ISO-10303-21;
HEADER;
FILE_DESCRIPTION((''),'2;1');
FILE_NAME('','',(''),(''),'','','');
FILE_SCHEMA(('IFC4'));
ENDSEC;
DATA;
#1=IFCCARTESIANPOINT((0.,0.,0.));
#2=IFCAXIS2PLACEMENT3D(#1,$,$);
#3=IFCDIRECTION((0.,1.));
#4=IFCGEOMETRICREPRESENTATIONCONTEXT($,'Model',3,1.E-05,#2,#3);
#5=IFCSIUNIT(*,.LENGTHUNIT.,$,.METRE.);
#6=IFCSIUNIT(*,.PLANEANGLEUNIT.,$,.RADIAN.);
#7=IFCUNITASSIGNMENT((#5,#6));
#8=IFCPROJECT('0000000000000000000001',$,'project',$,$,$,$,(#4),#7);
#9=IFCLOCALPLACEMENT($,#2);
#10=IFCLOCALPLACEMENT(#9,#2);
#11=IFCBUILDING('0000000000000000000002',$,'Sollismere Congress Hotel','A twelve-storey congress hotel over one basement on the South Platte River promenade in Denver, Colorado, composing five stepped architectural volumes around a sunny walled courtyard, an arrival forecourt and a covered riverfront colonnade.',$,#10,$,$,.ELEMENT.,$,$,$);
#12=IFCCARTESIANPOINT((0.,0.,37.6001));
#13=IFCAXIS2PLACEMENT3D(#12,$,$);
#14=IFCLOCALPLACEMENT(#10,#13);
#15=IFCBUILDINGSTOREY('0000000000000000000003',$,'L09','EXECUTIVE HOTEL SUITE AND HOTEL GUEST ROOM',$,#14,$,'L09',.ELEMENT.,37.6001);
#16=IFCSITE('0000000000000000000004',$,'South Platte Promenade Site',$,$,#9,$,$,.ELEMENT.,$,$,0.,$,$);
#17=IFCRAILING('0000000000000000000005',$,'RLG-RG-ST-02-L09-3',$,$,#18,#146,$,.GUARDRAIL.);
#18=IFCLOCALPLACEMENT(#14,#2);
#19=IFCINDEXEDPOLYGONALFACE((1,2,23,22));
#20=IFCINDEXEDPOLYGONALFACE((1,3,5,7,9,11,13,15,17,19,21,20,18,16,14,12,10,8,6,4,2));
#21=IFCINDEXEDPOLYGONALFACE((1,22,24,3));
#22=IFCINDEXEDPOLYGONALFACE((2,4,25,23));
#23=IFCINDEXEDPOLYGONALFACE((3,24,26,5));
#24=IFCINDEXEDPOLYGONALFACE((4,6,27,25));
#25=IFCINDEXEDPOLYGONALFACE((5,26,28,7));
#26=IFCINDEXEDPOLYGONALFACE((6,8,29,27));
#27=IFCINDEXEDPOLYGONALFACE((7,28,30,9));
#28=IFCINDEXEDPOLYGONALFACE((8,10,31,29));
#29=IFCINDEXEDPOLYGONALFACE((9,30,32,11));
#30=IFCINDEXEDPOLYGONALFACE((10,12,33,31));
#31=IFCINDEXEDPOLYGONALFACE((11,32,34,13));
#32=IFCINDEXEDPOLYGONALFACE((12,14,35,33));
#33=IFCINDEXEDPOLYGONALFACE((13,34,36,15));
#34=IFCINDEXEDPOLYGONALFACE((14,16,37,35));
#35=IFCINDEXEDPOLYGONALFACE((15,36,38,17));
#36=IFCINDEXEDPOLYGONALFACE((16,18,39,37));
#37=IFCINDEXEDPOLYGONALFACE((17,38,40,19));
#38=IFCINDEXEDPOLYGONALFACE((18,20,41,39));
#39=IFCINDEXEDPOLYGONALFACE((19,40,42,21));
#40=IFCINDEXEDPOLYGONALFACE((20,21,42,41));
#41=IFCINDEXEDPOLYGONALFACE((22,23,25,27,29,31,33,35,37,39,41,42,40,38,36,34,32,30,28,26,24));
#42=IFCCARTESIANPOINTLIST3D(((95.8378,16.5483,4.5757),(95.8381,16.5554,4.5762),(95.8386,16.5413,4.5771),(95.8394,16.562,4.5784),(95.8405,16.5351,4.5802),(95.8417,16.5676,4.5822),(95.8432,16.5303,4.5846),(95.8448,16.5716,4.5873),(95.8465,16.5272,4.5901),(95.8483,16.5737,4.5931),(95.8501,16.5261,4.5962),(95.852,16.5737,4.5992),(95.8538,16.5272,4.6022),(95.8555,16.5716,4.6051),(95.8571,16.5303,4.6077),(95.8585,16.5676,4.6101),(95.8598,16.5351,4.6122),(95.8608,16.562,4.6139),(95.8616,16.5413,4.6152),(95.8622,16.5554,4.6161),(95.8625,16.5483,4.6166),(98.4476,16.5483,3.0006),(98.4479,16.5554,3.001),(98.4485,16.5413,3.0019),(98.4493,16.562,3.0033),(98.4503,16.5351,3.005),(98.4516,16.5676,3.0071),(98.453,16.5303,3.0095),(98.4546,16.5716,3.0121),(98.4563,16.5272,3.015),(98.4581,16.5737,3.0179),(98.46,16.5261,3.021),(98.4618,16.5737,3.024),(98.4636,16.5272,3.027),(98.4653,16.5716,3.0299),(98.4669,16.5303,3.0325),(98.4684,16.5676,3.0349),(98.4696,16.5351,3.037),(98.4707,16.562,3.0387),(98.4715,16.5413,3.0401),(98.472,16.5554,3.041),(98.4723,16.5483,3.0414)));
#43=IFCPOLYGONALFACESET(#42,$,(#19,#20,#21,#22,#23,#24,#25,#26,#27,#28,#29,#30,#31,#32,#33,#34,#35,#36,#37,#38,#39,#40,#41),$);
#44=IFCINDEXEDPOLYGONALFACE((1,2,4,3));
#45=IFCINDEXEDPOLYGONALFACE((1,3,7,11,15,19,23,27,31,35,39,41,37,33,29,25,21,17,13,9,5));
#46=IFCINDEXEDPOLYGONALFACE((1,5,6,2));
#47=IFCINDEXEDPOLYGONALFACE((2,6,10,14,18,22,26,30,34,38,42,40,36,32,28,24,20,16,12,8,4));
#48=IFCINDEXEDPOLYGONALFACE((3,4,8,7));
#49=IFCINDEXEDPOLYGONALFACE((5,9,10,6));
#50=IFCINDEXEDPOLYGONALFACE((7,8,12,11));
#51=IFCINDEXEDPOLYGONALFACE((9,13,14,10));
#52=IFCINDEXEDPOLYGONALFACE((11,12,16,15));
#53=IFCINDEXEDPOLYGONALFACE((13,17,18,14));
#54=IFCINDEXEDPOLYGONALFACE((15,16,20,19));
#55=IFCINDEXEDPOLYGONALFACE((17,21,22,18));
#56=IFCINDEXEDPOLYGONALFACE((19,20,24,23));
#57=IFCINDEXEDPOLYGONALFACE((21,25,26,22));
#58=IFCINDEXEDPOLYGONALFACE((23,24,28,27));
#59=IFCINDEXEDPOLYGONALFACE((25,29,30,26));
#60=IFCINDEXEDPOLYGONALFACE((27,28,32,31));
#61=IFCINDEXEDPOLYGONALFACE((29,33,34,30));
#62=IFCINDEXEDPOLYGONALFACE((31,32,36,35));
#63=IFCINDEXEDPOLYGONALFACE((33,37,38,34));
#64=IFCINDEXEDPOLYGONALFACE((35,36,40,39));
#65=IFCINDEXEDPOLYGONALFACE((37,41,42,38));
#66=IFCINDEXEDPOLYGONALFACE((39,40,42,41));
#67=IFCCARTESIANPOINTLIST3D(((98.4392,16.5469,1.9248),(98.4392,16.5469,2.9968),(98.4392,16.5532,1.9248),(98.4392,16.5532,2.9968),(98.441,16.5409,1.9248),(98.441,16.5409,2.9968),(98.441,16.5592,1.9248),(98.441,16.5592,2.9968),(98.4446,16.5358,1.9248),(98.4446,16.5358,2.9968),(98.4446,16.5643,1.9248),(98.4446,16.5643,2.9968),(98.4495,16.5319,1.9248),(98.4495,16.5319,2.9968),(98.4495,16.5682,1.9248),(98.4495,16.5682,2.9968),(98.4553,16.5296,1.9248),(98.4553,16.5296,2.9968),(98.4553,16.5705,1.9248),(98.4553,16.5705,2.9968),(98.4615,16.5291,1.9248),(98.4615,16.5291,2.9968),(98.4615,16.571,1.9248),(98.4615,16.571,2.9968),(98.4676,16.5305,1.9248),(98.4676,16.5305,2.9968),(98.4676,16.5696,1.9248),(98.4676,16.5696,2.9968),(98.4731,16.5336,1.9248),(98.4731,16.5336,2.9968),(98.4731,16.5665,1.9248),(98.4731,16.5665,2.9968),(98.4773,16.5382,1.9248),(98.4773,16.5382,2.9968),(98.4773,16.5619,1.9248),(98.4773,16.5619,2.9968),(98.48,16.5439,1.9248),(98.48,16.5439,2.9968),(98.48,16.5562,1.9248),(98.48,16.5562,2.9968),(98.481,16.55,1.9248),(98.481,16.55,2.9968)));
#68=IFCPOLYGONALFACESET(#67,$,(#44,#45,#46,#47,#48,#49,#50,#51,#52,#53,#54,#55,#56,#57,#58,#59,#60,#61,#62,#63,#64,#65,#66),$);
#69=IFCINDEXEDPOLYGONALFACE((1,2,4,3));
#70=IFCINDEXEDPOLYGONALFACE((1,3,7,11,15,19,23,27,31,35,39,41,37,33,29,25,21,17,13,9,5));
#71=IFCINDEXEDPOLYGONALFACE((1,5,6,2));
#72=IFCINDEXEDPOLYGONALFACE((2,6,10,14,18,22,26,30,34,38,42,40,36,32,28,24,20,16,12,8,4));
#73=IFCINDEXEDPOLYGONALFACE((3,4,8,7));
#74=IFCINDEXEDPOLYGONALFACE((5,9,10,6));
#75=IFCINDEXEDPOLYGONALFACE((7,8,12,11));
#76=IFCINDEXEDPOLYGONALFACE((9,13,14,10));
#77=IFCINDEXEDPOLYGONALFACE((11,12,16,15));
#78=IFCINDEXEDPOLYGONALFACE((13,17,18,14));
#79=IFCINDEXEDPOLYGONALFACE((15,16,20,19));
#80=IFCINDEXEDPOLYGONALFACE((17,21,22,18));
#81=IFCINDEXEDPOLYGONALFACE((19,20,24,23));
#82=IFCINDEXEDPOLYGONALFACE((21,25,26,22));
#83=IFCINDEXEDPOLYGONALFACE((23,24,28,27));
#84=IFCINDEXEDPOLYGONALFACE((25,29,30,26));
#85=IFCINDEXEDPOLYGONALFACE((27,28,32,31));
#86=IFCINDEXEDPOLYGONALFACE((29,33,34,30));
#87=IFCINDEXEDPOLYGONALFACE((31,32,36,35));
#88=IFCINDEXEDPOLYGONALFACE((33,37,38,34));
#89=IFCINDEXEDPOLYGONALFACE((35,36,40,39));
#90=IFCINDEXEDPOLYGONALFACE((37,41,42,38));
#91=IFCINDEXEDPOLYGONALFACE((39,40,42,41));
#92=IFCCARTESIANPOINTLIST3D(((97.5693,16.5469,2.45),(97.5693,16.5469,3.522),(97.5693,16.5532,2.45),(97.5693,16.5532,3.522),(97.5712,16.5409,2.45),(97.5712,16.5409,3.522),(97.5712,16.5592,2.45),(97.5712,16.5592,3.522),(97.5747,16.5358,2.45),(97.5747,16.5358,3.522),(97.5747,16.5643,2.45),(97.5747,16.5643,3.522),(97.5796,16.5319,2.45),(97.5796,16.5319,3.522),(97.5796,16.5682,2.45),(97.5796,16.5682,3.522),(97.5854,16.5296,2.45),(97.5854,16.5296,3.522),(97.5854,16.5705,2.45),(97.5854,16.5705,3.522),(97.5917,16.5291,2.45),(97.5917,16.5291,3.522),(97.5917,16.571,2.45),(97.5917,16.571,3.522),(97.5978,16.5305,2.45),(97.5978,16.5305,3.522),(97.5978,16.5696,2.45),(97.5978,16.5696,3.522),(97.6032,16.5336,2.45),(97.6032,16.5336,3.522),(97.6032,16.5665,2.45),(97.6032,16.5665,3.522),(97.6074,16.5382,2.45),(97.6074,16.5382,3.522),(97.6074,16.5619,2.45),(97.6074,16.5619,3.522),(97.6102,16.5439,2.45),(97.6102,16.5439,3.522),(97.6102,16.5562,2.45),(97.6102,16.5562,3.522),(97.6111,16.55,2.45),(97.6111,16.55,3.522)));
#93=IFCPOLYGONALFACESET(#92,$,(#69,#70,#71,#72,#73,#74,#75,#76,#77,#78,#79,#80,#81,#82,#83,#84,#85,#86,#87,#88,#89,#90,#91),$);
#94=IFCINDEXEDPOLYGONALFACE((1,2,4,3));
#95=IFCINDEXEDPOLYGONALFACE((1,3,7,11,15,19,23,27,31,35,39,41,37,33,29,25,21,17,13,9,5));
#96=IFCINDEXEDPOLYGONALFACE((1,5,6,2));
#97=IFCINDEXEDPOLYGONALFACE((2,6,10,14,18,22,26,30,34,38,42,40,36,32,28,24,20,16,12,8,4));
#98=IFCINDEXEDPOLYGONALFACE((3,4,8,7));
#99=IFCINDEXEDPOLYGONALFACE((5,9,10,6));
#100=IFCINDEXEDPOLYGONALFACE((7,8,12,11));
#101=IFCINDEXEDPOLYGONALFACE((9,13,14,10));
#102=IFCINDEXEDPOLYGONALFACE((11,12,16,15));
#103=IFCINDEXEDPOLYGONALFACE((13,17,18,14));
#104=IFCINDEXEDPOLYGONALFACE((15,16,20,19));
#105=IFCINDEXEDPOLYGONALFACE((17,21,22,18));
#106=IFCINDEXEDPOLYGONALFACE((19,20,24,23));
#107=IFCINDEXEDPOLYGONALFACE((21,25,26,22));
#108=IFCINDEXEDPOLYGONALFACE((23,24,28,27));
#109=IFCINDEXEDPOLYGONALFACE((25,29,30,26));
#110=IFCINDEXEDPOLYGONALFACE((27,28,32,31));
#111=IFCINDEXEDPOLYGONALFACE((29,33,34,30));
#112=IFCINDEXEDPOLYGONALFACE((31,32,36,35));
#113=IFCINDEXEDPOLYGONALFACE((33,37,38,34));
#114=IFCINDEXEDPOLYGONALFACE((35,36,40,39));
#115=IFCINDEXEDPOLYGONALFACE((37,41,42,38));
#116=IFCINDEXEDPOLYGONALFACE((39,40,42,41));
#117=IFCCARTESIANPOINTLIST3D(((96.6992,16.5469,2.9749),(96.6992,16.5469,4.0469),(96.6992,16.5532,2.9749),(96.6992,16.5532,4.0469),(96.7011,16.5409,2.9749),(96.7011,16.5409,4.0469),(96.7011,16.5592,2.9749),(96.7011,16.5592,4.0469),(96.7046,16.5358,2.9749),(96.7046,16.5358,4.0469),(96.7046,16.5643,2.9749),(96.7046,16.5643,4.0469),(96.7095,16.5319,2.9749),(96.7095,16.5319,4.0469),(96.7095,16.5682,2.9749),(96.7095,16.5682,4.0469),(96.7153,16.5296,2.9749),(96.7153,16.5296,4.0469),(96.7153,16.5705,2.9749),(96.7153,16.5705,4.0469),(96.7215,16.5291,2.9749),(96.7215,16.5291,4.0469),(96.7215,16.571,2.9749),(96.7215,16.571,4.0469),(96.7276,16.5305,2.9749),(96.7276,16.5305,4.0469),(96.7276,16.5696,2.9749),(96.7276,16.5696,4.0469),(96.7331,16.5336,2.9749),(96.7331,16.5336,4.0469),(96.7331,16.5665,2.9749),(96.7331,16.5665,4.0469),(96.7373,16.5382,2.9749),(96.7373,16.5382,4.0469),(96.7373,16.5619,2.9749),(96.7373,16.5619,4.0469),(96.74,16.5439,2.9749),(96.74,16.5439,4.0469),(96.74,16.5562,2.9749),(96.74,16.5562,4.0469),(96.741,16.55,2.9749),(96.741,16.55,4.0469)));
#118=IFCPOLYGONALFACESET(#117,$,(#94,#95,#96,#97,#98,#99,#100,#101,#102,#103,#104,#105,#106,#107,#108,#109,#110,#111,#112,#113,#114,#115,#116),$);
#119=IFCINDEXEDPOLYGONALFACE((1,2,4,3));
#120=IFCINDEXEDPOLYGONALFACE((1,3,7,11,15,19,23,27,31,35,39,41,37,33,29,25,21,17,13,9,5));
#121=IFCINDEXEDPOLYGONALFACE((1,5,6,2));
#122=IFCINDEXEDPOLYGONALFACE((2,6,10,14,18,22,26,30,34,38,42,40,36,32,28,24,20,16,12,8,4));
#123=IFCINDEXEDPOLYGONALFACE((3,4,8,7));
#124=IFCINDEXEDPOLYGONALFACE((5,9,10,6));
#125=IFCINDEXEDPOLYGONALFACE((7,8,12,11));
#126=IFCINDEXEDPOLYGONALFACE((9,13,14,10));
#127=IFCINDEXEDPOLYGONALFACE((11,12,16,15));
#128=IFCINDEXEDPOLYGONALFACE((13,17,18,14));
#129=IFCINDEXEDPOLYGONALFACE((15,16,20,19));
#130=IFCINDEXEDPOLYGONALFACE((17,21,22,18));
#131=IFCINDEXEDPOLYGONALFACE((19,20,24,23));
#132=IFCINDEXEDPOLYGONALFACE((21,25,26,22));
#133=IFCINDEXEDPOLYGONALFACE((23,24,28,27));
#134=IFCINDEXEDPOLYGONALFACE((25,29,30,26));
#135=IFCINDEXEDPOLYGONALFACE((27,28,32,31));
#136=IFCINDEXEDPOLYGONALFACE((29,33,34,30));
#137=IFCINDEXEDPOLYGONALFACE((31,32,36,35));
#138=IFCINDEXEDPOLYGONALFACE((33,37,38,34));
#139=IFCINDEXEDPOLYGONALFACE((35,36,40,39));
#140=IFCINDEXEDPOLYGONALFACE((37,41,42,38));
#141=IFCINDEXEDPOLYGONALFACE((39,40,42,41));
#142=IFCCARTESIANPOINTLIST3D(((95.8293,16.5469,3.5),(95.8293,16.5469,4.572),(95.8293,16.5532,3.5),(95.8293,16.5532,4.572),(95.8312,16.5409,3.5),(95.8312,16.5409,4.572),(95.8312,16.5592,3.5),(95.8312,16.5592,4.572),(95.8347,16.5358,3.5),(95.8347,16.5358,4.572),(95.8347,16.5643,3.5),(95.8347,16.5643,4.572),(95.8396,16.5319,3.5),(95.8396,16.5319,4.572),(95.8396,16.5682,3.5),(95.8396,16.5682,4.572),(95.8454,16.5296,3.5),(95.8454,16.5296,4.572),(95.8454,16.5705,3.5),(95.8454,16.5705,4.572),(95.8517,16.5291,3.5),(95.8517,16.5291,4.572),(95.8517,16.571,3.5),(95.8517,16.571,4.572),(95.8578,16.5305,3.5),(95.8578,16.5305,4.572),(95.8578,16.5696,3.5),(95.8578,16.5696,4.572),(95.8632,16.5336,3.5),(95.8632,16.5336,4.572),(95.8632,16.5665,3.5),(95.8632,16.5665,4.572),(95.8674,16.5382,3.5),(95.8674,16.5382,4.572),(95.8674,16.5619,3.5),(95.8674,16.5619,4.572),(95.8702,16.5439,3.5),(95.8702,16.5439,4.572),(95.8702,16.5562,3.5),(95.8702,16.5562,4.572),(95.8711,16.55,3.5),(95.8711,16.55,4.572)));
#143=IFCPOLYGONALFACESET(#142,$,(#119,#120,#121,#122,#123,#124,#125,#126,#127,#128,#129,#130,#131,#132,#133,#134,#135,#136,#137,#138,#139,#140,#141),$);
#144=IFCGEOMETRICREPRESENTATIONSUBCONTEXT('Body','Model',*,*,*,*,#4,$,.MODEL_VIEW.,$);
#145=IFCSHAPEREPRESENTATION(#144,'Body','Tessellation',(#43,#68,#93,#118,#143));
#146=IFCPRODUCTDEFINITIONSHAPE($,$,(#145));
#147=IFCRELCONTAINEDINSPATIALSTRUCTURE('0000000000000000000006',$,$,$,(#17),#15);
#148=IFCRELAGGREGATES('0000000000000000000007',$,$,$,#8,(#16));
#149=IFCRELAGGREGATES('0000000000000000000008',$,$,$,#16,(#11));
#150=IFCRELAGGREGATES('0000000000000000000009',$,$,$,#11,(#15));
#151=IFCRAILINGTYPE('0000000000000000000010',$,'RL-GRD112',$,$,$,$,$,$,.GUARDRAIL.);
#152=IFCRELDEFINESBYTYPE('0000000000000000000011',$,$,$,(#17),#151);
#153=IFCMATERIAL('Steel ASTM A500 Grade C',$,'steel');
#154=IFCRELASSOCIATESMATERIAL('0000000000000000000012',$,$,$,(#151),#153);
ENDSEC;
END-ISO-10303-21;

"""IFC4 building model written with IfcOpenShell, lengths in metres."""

from ifc_helpers import new_model, si_unit, direction, frame, origin, origin_2d, place, context, subcontext, project, spatial, circle, extrude, material, type_object, element, save


model = new_model("IFC4")

# Units and contexts
model_context = context("Model", 3, precision=1e-05, world=origin(), true_north=direction((0.0, 1.0)))
body_context = subcontext(model_context, "Body", "Model", "MODEL_VIEW")
ifc_project = project(units=[si_unit("LENGTHUNIT", "METRE"), si_unit("PLANEANGLEUNIT", "RADIAN")], contexts=[model_context])

# Site, building, storey
site_placement = place(None, origin())
site = spatial("IfcSite", under=ifc_project, at=site_placement, Name="South Platte Promenade Site", CompositionType="ELEMENT", RefElevation=0.0)
building_placement = place(site_placement, origin())
building = spatial("IfcBuilding", under=site, at=building_placement, Name="Sollismere Congress Hotel", Description="A twelve-storey congress hotel over one basement on the South Platte River promenade in Denver, Colorado, composing five stepped architectural volumes around a sunny walled courtyard, an arrival forecourt and a covered riverfront colonnade.", CompositionType="ELEMENT")
storey_placement = place(building_placement, frame((0.0, 0.0, 37.6001)))
storey = spatial("IfcBuildingStorey", under=building, at=storey_placement, Name="L09", Description="EXECUTIVE HOTEL SUITE AND HOTEL GUEST ROOM", LongName="L09", CompositionType="ELEMENT", Elevation=37.6001)

# Shared definitions
ifc_material_1 = material(Name="Steel ASTM A500 Grade C", Category="steel")

# Railing
railing_type_1 = type_object("IfcRailingType", Name="RL-GRD112", PredefinedType="GUARDRAIL", material=ifc_material_1)
railing_1_placement = place(storey_placement, frame((98.46, 16.55, 1.9248)))
element("IfcRailing", 1, at=railing_1_placement, inside=storey, type_object=railing_type_1, Name="RLG-RG-ST-02-L09-3", PredefinedType="GUARDRAIL", context=body_context, shape_type="SweptSolid", body=[
    extrude(circle(Radius=0.0239, at=origin_2d()), frame((0.0, 0.0, 1.0962), z_axis=(-0.856147, 0.0, 0.516732), x_axis=(0.0, -1.0, 0.0)), (0.0, 0.0, 1.0), 3.0483),
    extrude(circle(Radius=0.021, at=origin_2d()), origin(), (0.0, 0.0, 1.0), 1.072),
    extrude(circle(Radius=0.021, at=origin_2d()), frame((-0.8699, 0.0, 0.5251)), (0.0, 0.0, 1.0), 1.072),
    extrude(circle(Radius=0.021, at=origin_2d()), frame((-1.74, 0.0, 1.05)), (0.0, 0.0, 1.0), 1.072),
    extrude(circle(Radius=0.021, at=origin_2d()), frame((-2.6099, 0.0, 1.5752)), (0.0, 0.0, 1.0), 1.072),
])

save(model, "model.ifc")
